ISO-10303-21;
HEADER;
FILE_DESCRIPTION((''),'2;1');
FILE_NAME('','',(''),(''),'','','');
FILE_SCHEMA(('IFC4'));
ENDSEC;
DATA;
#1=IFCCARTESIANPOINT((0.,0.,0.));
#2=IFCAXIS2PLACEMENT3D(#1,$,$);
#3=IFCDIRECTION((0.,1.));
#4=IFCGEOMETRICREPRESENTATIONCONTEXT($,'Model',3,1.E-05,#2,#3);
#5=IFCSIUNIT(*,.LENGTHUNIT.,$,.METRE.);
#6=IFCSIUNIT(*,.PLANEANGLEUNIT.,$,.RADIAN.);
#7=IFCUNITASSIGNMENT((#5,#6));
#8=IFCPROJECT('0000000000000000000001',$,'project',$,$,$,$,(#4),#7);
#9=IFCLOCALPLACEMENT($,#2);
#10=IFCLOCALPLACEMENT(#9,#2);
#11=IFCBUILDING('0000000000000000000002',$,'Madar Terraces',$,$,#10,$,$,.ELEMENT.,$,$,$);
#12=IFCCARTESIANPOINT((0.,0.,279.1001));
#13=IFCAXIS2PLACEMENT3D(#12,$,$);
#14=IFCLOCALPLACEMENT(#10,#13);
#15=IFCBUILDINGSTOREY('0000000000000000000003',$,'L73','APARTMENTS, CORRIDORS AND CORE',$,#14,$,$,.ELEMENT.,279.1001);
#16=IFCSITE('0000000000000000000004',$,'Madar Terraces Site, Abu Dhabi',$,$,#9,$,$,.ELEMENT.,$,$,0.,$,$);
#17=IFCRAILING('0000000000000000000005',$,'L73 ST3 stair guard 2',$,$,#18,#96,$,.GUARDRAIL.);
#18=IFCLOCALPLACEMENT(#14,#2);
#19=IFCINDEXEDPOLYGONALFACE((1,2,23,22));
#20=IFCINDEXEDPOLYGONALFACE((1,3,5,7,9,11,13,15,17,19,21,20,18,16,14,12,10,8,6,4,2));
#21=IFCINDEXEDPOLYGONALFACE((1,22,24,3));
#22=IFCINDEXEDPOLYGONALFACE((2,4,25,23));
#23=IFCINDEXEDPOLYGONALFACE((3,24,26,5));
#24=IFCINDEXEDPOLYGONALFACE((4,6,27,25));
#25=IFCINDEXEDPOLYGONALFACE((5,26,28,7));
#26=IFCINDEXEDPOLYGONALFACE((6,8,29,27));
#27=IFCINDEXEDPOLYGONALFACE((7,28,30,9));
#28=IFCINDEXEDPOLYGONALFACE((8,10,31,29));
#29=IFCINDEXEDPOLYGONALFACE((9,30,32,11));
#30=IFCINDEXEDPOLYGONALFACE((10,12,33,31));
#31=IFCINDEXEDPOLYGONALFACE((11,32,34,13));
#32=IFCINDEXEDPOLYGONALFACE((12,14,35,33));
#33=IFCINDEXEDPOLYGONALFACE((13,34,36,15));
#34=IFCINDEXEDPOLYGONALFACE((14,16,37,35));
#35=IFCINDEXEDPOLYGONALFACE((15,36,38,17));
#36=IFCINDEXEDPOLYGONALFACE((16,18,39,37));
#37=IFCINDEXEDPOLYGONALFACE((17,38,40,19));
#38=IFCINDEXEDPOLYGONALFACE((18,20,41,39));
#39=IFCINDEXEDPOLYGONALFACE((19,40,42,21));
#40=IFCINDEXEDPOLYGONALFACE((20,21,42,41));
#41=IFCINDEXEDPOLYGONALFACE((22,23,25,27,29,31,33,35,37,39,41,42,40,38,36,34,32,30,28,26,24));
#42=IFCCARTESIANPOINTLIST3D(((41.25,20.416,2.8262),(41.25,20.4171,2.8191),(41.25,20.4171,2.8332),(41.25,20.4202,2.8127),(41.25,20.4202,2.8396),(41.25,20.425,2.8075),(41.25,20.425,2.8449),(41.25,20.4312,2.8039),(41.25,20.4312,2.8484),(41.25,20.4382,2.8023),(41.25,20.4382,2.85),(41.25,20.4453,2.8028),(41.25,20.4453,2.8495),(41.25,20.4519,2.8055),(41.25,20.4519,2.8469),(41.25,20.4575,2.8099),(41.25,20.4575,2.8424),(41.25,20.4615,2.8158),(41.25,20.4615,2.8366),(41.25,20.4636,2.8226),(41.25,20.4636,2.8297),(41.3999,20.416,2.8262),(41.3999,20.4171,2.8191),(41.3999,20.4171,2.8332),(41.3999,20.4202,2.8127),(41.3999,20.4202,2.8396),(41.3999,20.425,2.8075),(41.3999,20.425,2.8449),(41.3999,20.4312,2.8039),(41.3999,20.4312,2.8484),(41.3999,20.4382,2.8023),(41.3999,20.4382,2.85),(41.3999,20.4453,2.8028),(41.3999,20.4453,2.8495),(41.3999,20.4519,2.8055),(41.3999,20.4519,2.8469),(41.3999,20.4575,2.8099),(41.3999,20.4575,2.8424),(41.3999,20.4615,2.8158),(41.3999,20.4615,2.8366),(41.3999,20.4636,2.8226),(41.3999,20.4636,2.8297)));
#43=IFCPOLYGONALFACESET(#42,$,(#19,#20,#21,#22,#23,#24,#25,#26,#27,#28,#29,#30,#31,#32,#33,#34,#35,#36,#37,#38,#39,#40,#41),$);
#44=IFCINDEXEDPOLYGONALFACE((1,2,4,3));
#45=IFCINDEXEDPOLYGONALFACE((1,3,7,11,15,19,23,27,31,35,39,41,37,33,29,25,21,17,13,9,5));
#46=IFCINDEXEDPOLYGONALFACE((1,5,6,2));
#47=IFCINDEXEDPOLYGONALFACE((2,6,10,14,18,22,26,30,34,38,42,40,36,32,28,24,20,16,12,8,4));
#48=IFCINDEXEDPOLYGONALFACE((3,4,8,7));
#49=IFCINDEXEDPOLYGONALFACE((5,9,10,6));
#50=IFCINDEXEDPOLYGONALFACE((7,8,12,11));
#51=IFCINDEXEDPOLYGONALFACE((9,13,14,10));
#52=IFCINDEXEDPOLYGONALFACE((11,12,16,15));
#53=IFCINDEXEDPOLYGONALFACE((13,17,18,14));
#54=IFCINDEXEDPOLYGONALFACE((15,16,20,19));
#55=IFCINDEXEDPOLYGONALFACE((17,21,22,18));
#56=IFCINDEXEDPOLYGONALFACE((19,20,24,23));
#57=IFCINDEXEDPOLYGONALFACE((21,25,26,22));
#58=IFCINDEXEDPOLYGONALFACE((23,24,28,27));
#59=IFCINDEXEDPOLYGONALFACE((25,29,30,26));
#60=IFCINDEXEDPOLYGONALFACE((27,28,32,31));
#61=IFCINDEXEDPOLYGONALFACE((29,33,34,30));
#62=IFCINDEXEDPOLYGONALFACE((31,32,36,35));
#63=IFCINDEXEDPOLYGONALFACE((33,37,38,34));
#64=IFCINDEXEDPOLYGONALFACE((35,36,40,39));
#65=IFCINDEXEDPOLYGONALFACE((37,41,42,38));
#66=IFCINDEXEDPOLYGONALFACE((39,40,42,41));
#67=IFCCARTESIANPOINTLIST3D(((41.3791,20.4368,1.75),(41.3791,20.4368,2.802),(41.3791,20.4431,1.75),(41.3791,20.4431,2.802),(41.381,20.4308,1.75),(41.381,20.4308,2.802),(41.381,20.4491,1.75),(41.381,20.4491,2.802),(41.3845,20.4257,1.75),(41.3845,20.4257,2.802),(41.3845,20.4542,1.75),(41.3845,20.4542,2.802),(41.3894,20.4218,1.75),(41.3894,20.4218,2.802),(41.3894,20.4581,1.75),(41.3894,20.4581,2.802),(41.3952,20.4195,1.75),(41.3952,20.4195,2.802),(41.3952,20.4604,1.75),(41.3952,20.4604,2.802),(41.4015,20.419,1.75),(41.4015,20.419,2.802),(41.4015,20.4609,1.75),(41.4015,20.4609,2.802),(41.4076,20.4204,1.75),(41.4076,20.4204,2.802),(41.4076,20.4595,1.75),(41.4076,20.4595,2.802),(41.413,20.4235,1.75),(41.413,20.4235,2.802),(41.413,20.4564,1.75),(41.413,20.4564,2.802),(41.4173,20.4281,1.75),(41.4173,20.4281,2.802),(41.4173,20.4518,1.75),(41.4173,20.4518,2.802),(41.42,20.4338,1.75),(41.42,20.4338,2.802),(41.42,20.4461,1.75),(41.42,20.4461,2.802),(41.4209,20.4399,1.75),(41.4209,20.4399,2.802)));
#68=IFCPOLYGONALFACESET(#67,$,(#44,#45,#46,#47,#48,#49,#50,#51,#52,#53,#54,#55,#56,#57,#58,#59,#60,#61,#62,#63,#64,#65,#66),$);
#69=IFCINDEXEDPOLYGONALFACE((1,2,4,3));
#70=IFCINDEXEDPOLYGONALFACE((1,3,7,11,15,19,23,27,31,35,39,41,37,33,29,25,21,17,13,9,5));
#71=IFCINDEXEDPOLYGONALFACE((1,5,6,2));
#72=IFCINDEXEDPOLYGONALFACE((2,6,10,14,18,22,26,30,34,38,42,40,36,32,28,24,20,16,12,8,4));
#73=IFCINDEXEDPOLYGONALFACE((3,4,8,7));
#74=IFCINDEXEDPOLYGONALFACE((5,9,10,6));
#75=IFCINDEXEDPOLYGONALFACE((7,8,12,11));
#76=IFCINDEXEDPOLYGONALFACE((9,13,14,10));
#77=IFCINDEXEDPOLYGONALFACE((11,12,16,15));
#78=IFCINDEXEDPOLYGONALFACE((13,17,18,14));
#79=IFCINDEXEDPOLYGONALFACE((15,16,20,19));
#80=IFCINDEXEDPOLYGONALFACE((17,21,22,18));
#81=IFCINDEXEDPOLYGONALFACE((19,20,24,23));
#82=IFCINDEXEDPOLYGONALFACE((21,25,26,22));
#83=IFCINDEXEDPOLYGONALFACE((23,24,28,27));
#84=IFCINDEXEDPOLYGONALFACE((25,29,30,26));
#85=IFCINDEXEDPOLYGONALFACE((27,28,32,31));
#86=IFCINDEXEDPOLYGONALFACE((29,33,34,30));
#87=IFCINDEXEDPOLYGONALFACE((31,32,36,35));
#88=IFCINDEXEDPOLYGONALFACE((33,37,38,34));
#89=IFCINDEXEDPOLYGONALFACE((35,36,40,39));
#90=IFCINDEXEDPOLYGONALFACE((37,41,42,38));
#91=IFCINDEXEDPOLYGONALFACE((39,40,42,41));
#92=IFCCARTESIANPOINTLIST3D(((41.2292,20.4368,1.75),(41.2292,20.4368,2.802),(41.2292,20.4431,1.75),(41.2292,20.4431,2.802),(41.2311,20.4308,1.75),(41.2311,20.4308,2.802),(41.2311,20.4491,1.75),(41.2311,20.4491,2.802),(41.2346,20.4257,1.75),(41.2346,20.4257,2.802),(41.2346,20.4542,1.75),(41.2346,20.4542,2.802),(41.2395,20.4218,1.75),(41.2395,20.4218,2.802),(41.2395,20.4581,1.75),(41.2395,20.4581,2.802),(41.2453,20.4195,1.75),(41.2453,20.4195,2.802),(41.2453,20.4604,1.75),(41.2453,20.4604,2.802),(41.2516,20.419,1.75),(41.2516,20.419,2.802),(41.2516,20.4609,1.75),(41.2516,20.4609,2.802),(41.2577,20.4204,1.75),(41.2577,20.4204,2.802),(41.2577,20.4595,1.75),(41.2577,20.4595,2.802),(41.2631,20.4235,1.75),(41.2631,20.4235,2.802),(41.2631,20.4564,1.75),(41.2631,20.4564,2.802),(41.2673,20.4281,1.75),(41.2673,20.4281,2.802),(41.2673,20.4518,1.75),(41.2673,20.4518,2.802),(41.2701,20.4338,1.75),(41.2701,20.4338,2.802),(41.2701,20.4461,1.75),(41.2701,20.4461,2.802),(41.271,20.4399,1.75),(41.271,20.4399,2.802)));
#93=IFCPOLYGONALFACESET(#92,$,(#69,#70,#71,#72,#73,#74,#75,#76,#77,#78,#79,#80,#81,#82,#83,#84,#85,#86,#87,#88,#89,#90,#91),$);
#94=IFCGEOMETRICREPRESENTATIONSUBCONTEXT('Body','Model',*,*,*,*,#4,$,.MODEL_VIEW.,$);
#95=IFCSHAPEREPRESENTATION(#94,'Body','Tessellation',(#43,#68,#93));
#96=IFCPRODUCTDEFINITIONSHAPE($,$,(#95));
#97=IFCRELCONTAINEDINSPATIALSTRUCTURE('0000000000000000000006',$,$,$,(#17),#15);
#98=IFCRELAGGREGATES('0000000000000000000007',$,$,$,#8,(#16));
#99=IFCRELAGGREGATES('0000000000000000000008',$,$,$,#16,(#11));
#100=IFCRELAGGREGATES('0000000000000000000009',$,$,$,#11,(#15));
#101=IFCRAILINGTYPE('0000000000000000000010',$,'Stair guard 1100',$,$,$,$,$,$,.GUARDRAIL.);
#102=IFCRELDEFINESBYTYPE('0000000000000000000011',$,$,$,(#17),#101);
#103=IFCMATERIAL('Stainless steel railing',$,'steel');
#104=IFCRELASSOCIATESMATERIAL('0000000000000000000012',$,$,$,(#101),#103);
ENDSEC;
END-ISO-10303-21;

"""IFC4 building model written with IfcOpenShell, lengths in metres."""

from ifc_helpers import new_model, si_unit, direction, frame, origin, origin_2d, place, context, subcontext, project, spatial, circle, extrude, material, type_object, element, save


model = new_model("IFC4")

# Units and contexts
model_context = context("Model", 3, precision=1e-05, world=origin(), true_north=direction((0.0, 1.0)))
body_context = subcontext(model_context, "Body", "Model", "MODEL_VIEW")
ifc_project = project(units=[si_unit("LENGTHUNIT", "METRE"), si_unit("PLANEANGLEUNIT", "RADIAN")], contexts=[model_context])

# Site, building, storey
site_placement = place(None, origin())
site = spatial("IfcSite", under=ifc_project, at=site_placement, Name="Madar Terraces Site, Abu Dhabi", CompositionType="ELEMENT", RefElevation=0.0)
building_placement = place(site_placement, origin())
building = spatial("IfcBuilding", under=site, at=building_placement, Name="Madar Terraces", CompositionType="ELEMENT")
storey_placement = place(building_placement, frame((0.0, 0.0, 279.1001)))
storey = spatial("IfcBuildingStorey", under=building, at=storey_placement, Name="L73", Description="APARTMENTS, CORRIDORS AND CORE", CompositionType="ELEMENT", Elevation=279.1001)

# Railing
ifc_material_1 = material(Name="Stainless steel railing", Category="steel")
railing_type_1 = type_object("IfcRailingType", Name="Stair guard 1100", PredefinedType="GUARDRAIL", material=ifc_material_1)
railing_1_placement = place(storey_placement, frame((41.3999, 20.4399, 1.75)))
element("IfcRailing", 1, at=railing_1_placement, inside=storey, type_object=railing_type_1, Name="L73 ST3 stair guard 2", PredefinedType="GUARDRAIL", context=body_context, shape_type="SweptSolid", body=[
    extrude(circle(Radius=0.0239, at=origin_2d()), frame((0.0, 0.0, 1.0762), z_axis=(-1.0, 0.0, 0.0), x_axis=(0.0, -1.0, 0.0)), (0.0, 0.0, 1.0), 0.1499),
    extrude(circle(Radius=0.021, at=origin_2d()), origin(), (0.0, 0.0, 1.0), 1.052),
    extrude(circle(Radius=0.021, at=origin_2d()), frame((-0.1499, 0.0, 0.0)), (0.0, 0.0, 1.0), 1.052),
])

save(model, "model.ifc")
